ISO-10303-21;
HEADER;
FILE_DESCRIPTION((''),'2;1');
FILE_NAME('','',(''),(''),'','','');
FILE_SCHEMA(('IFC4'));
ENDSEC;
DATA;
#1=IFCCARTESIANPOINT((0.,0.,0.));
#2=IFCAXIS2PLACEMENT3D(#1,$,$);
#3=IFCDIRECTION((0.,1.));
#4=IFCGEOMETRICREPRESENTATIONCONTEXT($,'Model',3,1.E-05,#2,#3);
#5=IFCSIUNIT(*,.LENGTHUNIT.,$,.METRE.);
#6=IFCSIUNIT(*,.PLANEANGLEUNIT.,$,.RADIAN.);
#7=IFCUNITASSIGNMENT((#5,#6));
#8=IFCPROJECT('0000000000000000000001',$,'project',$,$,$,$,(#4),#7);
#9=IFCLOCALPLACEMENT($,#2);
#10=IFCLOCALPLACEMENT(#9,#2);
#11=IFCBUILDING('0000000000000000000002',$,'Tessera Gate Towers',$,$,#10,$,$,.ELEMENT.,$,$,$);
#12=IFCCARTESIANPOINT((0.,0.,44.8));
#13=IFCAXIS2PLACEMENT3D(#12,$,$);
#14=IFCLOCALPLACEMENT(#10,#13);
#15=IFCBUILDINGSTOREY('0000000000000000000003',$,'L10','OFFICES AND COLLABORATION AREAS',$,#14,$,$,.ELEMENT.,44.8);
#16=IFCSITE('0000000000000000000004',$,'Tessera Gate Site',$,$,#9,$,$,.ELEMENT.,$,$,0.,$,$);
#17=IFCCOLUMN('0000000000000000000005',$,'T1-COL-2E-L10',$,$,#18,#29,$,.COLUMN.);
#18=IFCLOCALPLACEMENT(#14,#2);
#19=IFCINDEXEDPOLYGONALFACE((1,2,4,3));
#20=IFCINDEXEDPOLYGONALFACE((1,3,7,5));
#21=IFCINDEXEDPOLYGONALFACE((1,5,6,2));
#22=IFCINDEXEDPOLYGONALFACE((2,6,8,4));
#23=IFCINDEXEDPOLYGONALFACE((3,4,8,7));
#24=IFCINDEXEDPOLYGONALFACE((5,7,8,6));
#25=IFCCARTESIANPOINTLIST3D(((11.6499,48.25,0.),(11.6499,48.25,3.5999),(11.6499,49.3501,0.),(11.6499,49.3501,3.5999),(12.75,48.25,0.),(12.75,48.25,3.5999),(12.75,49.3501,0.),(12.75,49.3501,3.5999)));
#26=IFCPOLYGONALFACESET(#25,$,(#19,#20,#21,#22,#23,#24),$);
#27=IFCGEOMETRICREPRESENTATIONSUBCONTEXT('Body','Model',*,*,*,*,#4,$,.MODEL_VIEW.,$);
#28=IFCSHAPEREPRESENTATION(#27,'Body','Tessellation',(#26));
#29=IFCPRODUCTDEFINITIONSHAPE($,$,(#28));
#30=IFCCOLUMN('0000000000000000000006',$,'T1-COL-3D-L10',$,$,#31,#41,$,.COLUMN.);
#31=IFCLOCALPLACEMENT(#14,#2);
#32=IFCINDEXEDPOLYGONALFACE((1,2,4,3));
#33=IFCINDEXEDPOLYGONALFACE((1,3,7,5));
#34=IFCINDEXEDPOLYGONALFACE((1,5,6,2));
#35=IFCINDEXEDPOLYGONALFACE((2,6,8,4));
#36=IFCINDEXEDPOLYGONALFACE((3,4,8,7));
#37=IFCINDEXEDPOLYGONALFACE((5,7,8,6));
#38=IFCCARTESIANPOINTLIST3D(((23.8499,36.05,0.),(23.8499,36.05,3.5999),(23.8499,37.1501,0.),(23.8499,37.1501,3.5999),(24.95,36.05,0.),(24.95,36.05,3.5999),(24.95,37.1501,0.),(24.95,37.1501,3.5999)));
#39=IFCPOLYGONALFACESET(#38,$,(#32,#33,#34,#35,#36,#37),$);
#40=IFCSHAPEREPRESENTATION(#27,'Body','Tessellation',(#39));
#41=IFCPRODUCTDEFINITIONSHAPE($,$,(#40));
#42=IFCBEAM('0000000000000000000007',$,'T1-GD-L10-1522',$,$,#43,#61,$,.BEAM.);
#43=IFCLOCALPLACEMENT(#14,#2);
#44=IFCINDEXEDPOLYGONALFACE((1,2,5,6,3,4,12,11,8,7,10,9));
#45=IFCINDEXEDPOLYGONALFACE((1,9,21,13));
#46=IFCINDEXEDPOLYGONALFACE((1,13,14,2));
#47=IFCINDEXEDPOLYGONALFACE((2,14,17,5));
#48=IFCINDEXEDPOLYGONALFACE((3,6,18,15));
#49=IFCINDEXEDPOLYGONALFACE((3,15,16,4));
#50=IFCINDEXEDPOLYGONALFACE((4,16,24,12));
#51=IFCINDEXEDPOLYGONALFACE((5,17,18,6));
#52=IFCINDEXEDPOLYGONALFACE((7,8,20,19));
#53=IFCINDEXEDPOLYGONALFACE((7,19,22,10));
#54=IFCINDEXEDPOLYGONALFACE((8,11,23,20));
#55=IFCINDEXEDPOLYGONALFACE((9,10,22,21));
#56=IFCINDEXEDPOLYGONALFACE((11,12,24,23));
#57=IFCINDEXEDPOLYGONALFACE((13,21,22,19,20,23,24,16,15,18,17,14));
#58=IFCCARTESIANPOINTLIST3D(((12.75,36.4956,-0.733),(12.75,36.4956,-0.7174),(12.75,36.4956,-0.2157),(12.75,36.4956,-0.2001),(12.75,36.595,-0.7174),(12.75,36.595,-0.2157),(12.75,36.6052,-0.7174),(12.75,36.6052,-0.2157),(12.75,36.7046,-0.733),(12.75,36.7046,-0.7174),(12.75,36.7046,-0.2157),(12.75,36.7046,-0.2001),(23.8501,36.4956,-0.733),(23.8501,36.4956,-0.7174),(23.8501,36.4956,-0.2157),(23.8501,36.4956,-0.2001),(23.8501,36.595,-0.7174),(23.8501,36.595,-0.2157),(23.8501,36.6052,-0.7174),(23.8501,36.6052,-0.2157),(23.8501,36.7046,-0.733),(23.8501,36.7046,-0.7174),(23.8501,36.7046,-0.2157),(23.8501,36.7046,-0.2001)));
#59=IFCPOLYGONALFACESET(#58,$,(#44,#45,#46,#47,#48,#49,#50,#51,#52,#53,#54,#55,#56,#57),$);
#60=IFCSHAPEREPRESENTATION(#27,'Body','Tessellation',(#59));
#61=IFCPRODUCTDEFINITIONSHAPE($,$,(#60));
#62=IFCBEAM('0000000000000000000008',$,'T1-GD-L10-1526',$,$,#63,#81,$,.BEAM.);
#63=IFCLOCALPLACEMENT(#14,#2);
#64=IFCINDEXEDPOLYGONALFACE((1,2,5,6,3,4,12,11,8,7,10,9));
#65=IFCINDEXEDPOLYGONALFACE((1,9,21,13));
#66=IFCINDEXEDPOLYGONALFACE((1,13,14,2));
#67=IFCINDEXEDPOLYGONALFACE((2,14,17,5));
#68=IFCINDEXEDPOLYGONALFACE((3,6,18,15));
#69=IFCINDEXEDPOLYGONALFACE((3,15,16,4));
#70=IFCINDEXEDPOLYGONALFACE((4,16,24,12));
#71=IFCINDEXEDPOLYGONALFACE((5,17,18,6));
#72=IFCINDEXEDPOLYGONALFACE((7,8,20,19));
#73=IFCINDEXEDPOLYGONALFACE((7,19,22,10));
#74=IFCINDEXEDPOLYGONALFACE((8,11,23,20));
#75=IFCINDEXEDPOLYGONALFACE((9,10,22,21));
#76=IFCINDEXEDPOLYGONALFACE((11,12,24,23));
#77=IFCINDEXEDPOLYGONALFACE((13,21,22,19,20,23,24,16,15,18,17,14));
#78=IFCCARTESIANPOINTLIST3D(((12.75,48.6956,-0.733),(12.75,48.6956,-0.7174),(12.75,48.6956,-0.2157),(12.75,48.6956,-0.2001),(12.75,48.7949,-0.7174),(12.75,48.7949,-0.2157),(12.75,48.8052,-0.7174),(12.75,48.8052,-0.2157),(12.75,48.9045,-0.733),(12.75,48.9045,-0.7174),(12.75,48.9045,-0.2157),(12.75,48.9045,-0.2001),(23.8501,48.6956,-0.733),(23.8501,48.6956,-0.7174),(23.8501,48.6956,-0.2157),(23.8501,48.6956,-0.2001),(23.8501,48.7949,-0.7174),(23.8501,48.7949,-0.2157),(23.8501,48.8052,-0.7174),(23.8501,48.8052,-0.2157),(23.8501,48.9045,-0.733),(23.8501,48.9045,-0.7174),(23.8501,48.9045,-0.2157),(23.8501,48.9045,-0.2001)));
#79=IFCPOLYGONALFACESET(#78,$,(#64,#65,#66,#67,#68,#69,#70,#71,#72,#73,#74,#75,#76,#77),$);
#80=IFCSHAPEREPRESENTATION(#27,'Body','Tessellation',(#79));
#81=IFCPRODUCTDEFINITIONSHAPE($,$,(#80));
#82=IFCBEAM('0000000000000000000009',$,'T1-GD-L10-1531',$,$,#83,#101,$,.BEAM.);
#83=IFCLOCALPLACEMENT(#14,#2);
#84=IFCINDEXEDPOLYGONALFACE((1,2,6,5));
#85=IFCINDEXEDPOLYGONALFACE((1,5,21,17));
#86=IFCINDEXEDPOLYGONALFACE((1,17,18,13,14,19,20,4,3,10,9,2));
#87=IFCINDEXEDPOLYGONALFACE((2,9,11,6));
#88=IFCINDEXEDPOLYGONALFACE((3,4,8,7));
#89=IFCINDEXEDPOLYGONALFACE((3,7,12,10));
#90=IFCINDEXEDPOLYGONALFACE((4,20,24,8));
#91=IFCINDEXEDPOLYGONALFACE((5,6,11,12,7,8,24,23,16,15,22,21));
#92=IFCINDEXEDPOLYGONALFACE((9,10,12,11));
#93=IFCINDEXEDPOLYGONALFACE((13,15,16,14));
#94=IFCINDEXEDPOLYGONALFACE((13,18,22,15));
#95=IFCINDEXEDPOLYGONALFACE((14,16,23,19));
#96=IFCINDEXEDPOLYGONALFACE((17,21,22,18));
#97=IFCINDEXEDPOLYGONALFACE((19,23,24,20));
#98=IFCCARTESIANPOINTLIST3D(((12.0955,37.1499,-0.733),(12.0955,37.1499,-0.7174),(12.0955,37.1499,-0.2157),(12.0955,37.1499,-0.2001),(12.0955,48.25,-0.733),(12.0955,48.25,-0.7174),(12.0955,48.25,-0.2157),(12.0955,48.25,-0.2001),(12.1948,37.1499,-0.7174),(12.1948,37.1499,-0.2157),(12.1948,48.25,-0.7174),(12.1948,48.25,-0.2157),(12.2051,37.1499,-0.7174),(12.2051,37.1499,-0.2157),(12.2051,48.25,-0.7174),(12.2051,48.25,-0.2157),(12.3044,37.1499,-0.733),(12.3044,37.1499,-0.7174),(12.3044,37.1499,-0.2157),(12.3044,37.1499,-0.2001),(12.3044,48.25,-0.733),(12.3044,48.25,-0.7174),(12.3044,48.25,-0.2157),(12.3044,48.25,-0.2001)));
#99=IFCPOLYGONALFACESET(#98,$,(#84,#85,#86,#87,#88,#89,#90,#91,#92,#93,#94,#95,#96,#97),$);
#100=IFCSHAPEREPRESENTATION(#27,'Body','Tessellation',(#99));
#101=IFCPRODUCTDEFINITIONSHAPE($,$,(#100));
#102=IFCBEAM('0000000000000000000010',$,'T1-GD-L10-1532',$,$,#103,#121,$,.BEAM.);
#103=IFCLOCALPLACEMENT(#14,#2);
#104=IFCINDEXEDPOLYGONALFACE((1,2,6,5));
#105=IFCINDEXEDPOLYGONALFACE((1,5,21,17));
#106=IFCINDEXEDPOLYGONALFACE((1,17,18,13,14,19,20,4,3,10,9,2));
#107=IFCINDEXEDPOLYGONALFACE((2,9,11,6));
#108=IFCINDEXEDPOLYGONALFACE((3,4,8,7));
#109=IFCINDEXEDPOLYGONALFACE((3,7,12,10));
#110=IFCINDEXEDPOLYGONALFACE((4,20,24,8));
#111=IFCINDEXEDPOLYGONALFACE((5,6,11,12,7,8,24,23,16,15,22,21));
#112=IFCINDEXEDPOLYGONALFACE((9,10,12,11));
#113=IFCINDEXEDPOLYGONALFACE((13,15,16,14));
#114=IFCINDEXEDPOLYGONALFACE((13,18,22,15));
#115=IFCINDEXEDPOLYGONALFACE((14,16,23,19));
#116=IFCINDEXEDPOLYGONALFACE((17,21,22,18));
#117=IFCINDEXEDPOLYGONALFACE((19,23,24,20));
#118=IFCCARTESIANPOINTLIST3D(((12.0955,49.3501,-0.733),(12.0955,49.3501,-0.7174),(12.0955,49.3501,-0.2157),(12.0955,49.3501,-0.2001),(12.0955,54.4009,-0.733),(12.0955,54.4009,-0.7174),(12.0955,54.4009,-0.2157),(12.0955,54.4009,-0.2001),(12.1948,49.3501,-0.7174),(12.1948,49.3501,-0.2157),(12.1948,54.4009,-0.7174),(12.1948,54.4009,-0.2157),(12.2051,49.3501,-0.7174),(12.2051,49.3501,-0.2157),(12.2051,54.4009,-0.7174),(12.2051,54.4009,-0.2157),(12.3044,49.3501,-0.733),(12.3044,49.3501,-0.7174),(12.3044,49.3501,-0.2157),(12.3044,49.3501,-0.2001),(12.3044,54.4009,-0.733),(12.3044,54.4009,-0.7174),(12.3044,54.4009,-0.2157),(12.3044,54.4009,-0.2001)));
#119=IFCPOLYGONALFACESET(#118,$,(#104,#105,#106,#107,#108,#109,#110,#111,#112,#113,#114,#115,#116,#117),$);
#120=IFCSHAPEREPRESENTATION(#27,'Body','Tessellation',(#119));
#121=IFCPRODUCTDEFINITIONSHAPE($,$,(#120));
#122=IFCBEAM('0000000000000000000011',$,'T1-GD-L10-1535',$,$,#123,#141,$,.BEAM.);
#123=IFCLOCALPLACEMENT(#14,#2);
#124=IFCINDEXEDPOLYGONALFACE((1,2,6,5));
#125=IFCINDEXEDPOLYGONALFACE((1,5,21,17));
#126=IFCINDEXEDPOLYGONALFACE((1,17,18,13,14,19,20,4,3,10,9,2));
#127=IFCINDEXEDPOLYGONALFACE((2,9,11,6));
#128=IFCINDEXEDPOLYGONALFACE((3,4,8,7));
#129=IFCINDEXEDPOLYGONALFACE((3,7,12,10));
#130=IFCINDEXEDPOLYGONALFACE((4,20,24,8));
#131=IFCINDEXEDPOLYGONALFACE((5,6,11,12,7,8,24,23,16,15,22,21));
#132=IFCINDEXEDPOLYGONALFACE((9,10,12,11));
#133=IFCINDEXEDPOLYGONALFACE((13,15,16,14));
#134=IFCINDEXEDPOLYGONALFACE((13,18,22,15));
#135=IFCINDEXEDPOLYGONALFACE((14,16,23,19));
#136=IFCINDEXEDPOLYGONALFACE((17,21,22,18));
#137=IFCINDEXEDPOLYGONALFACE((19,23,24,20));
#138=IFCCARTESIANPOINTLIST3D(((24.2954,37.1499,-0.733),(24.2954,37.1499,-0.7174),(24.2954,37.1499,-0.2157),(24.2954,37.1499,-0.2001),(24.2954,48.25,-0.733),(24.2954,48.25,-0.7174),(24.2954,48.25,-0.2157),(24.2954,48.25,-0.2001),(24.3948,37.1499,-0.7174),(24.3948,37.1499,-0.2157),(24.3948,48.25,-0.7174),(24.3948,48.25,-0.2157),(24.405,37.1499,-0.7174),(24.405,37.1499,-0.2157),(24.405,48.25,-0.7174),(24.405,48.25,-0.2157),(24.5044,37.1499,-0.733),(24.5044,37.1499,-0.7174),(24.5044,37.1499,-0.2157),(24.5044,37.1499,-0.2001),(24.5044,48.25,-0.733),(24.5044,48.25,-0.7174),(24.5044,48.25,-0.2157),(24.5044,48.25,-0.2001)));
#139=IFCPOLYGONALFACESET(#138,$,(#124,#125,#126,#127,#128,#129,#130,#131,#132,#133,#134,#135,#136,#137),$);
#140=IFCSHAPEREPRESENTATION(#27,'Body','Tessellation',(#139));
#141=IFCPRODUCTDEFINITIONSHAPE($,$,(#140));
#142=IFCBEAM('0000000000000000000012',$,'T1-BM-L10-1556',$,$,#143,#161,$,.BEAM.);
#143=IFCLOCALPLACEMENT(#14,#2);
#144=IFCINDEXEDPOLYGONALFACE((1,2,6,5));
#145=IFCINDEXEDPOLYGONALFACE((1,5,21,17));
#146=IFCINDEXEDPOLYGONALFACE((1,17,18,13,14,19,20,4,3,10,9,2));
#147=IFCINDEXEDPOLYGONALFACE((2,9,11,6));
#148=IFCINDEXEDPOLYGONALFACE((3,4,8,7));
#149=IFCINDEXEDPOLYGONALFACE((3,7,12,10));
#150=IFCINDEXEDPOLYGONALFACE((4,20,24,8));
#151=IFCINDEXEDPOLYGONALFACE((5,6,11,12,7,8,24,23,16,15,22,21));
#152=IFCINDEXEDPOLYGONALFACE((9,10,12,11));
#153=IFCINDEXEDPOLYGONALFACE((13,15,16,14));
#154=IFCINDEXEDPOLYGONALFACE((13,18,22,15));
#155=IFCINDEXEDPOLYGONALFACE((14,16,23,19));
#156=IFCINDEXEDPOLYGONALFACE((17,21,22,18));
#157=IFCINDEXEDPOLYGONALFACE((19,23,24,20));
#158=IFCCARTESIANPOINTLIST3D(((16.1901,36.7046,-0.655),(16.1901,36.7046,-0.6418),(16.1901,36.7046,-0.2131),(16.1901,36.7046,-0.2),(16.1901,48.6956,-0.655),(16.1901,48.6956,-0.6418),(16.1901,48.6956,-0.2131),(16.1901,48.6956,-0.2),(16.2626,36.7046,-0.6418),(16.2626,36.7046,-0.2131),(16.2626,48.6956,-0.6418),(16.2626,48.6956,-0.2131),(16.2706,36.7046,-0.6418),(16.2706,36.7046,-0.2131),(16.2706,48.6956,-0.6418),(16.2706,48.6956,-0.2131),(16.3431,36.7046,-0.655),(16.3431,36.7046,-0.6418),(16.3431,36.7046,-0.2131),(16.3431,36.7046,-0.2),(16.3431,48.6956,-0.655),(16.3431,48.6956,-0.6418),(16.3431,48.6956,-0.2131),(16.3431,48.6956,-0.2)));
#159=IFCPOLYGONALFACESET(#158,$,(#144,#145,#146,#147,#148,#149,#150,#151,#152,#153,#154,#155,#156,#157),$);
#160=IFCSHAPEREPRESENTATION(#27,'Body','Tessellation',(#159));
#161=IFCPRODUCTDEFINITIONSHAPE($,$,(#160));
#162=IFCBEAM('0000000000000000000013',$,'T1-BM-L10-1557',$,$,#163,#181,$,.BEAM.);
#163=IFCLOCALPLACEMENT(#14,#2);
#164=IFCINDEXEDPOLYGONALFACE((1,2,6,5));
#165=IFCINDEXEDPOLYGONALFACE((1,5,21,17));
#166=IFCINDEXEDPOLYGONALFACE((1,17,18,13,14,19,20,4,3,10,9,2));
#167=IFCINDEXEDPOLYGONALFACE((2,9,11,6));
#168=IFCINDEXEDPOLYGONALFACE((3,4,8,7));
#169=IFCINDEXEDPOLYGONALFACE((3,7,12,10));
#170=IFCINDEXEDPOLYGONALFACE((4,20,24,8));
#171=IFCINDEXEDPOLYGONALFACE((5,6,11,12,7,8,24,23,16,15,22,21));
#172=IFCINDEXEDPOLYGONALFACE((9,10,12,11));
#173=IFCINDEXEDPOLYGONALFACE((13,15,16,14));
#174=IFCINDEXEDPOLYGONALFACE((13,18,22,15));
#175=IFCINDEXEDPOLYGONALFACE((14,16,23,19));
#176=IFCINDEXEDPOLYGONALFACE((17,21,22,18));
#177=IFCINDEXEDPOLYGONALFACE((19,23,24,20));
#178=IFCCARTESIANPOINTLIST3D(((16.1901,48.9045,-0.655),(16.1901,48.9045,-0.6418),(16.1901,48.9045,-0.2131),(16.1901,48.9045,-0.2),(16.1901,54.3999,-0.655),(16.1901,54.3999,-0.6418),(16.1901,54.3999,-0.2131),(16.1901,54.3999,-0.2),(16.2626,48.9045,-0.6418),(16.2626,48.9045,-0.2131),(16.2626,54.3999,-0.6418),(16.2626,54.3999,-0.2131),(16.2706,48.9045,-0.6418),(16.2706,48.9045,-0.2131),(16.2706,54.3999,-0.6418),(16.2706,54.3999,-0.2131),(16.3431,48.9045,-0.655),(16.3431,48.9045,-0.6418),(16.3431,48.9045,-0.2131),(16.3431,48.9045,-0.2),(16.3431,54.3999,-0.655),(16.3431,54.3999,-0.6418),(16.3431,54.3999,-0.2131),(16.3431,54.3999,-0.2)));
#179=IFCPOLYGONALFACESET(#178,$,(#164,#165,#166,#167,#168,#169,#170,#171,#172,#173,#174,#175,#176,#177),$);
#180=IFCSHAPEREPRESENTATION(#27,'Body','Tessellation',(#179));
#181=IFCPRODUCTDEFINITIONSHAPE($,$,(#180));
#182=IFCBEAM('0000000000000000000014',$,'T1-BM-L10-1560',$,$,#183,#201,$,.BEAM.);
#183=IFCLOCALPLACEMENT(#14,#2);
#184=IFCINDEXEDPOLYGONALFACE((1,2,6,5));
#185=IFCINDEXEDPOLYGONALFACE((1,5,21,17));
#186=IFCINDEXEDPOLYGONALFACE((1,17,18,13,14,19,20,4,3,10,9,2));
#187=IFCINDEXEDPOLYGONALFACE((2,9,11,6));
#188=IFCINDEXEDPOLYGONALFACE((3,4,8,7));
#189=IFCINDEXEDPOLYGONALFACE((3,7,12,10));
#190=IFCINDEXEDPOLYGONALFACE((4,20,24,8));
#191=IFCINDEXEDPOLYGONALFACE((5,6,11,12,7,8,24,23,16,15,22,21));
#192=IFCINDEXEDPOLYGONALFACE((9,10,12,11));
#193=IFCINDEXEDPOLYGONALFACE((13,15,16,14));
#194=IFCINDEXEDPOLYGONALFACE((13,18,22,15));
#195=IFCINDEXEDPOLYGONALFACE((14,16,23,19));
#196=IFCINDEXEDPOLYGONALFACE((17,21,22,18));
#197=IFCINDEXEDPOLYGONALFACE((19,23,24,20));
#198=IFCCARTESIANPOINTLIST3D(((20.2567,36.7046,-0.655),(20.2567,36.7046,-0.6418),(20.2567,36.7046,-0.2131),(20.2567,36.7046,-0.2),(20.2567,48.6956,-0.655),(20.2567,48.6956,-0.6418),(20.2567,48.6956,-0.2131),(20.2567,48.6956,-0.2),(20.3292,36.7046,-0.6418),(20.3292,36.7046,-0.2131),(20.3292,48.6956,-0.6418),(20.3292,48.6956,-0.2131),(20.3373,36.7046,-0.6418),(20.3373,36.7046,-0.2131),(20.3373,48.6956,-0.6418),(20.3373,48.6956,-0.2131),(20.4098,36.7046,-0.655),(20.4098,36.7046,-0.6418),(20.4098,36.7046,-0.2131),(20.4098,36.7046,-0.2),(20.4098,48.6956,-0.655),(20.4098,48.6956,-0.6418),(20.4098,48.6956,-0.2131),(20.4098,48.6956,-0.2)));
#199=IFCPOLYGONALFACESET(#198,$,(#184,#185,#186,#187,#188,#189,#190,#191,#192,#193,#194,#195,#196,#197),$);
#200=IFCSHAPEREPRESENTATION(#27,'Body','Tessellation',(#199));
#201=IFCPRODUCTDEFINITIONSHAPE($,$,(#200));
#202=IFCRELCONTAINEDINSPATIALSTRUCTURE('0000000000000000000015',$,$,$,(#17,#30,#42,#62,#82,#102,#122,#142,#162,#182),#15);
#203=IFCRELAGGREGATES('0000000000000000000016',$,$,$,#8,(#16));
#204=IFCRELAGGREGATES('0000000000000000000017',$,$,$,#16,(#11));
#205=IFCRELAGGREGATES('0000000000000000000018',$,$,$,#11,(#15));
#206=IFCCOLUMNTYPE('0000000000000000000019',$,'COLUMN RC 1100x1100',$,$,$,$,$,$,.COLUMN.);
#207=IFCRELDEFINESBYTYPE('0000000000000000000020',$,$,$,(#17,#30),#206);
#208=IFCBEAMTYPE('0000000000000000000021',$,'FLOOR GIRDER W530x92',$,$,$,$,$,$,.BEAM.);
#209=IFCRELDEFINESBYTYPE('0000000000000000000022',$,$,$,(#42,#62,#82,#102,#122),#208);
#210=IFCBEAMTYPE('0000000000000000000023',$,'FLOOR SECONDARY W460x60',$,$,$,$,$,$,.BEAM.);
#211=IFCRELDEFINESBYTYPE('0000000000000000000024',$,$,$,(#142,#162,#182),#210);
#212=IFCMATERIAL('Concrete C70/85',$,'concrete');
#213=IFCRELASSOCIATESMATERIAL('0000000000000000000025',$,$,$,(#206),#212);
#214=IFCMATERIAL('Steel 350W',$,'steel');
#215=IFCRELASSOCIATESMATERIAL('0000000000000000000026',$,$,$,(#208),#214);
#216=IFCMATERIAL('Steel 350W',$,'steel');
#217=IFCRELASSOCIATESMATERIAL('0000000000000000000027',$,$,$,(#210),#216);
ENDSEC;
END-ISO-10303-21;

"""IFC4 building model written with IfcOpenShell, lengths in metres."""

from ifc_helpers import new_model, si_unit, direction, frame, origin, origin_2d, place, context, subcontext, project, spatial, rectangle, i_section, extrude, material, material_profile, profile_set, type_object, element, save


model = new_model("IFC4")

# Units and contexts
model_context = context("Model", 3, precision=1e-05, world=origin(), true_north=direction((0.0, 1.0)))
body_context = subcontext(model_context, "Body", "Model", "MODEL_VIEW")
ifc_project = project(units=[si_unit("LENGTHUNIT", "METRE"), si_unit("PLANEANGLEUNIT", "RADIAN")], contexts=[model_context])

# Site, building, storey
site_placement = place(None, origin())
site = spatial("IfcSite", under=ifc_project, at=site_placement, Name="Tessera Gate Site", CompositionType="ELEMENT", RefElevation=0.0)
building_placement = place(site_placement, origin())
building = spatial("IfcBuilding", under=site, at=building_placement, Name="Tessera Gate Towers", CompositionType="ELEMENT")
storey_placement = place(building_placement, frame((0.0, 0.0, 44.8)))
storey = spatial("IfcBuildingStorey", under=building, at=storey_placement, Name="L10", Description="OFFICES AND COLLABORATION AREAS", CompositionType="ELEMENT", Elevation=44.8)

# Columns
ifc_material_1 = material(Name="Concrete C70/85", Category="concrete")
ifc_material_profile_1 = material_profile(ifc_material_1, rectangle(XDim=1.1001, YDim=1.1001, at=origin_2d()), Name="RC 1100x1100")
ifc_profile_set_1 = profile_set([ifc_material_profile_1], Name="Concrete C70/85")
column_type = type_object("IfcColumnType", Name="COLUMN RC 1100x1100", PredefinedType="COLUMN", material=ifc_profile_set_1)
for number, where, z_axis, x_axis, name in (
    (1, (12.2, 48.8, 0.0), (0.0, 0.0, 1.0), (1.0, 0.0, 0.0), "T1-COL-2E-L10"),
    (2, (24.3999, 36.6001, 0.0), (0.0, 0.0, 1.0), (1.0, 0.0, 0.0), "T1-COL-3D-L10"),
):
    element("IfcColumn", number, at=place(storey_placement, frame(where, z_axis=z_axis, x_axis=x_axis)), inside=storey, type_object=column_type, Name=name, PredefinedType="COLUMN", context=body_context, shape_type="SweptSolid", body=[
        extrude(rectangle(XDim=1.1001, YDim=1.1001, at=origin_2d()), origin(), (0.0, 0.0, 1.0), 3.5999),
    ])

# Beams
ifc_material_2 = material(Name="Steel 350W", Category="steel")
ifc_material_profile_2 = material_profile(ifc_material_2, i_section(OverallWidth=0.209, OverallDepth=0.533, WebThickness=0.0103, FlangeThickness=0.0156, at=origin_2d()), Name="W530x92")
ifc_profile_set_2 = profile_set([ifc_material_profile_2], Name="Steel 350W")
beam_type_1 = type_object("IfcBeamType", Name="FLOOR GIRDER W530x92", PredefinedType="BEAM", material=ifc_profile_set_2)
for number, where, z_axis, x_axis, name in (
    (3, (12.75, 36.6001, -0.4666), (1.0, 0.0, 0.0), (0.0, 1.0, 0.0), "T1-GD-L10-1522"),
    (4, (12.75, 48.8, -0.4666), (1.0, 0.0, 0.0), (0.0, 1.0, 0.0), "T1-GD-L10-1526"),
    (5, (12.2, 37.1499, -0.4666), (0.0, 1.0, 0.0), (-1.0, 0.0, 0.0), "T1-GD-L10-1531"),
):
    element("IfcBeam", number, at=place(storey_placement, frame(where, z_axis=z_axis, x_axis=x_axis)), inside=storey, type_object=beam_type_1, Name=name, PredefinedType="BEAM", context=body_context, shape_type="SweptSolid", body=[
        extrude(i_section(OverallWidth=0.209, OverallDepth=0.533, WebThickness=0.0103, FlangeThickness=0.0156, at=origin_2d()), origin(), (0.0, 0.0, 1.0), 11.1001),
    ])
beam_1_placement = place(storey_placement, frame((12.2, 49.3501, -0.4666), z_axis=(0.0, 1.0, 0.0), x_axis=(-1.0, 0.0, 0.0)))
element("IfcBeam", 6, at=beam_1_placement, inside=storey, type_object=beam_type_1, Name="T1-GD-L10-1532", PredefinedType="BEAM", context=body_context, shape_type="SweptSolid", body=[
    extrude(i_section(OverallWidth=0.209, OverallDepth=0.533, WebThickness=0.0103, FlangeThickness=0.0156, at=origin_2d()), origin(), (0.0, 0.0, 1.0), 5.0508),
])
beam_2_placement = place(storey_placement, frame((24.3999, 37.1499, -0.4666), z_axis=(0.0, 1.0, 0.0), x_axis=(-1.0, 0.0, 0.0)))
element("IfcBeam", 7, at=beam_2_placement, inside=storey, type_object=beam_type_1, Name="T1-GD-L10-1535", PredefinedType="BEAM", context=body_context, shape_type="SweptSolid", body=[
    extrude(i_section(OverallWidth=0.209, OverallDepth=0.533, WebThickness=0.0103, FlangeThickness=0.0156, at=origin_2d()), origin(), (0.0, 0.0, 1.0), 11.1001),
])
ifc_material_3 = material(Name="Steel 350W", Category="steel")
ifc_material_profile_3 = material_profile(ifc_material_3, i_section(OverallWidth=0.1531, OverallDepth=0.4551, WebThickness=0.0081, FlangeThickness=0.0132, at=origin_2d()), Name="W460x60")
ifc_profile_set_3 = profile_set([ifc_material_profile_3], Name="Steel 350W")
beam_type_2 = type_object("IfcBeamType", Name="FLOOR SECONDARY W460x60", PredefinedType="BEAM", material=ifc_profile_set_3)
beam_3_placement = place(storey_placement, frame((16.2666, 36.7046, -0.4275), z_axis=(0.0, 1.0, 0.0), x_axis=(-1.0, 0.0, 0.0)))
element("IfcBeam", 8, at=beam_3_placement, inside=storey, type_object=beam_type_2, Name="T1-BM-L10-1556", PredefinedType="BEAM", context=body_context, shape_type="SweptSolid", body=[
    extrude(i_section(OverallWidth=0.1531, OverallDepth=0.4551, WebThickness=0.0081, FlangeThickness=0.0132, at=origin_2d()), origin(), (0.0, 0.0, 1.0), 11.991),
])
beam_4_placement = place(storey_placement, frame((16.2666, 48.9045, -0.4275), z_axis=(0.0, 1.0, 0.0), x_axis=(-1.0, 0.0, 0.0)))
element("IfcBeam", 9, at=beam_4_placement, inside=storey, type_object=beam_type_2, Name="T1-BM-L10-1557", PredefinedType="BEAM", context=body_context, shape_type="SweptSolid", body=[
    extrude(i_section(OverallWidth=0.1531, OverallDepth=0.4551, WebThickness=0.0081, FlangeThickness=0.0132, at=origin_2d()), origin(), (0.0, 0.0, 1.0), 5.4954),
])
beam_5_placement = place(storey_placement, frame((20.3333, 36.7046, -0.4275), z_axis=(0.0, 1.0, 0.0), x_axis=(-1.0, 0.0, 0.0)))
element("IfcBeam", 10, at=beam_5_placement, inside=storey, type_object=beam_type_2, Name="T1-BM-L10-1560", PredefinedType="BEAM", context=body_context, shape_type="SweptSolid", body=[
    extrude(i_section(OverallWidth=0.1531, OverallDepth=0.4551, WebThickness=0.0081, FlangeThickness=0.0132, at=origin_2d()), origin(), (0.0, 0.0, 1.0), 11.991),
])

save(model, "model.ifc")
